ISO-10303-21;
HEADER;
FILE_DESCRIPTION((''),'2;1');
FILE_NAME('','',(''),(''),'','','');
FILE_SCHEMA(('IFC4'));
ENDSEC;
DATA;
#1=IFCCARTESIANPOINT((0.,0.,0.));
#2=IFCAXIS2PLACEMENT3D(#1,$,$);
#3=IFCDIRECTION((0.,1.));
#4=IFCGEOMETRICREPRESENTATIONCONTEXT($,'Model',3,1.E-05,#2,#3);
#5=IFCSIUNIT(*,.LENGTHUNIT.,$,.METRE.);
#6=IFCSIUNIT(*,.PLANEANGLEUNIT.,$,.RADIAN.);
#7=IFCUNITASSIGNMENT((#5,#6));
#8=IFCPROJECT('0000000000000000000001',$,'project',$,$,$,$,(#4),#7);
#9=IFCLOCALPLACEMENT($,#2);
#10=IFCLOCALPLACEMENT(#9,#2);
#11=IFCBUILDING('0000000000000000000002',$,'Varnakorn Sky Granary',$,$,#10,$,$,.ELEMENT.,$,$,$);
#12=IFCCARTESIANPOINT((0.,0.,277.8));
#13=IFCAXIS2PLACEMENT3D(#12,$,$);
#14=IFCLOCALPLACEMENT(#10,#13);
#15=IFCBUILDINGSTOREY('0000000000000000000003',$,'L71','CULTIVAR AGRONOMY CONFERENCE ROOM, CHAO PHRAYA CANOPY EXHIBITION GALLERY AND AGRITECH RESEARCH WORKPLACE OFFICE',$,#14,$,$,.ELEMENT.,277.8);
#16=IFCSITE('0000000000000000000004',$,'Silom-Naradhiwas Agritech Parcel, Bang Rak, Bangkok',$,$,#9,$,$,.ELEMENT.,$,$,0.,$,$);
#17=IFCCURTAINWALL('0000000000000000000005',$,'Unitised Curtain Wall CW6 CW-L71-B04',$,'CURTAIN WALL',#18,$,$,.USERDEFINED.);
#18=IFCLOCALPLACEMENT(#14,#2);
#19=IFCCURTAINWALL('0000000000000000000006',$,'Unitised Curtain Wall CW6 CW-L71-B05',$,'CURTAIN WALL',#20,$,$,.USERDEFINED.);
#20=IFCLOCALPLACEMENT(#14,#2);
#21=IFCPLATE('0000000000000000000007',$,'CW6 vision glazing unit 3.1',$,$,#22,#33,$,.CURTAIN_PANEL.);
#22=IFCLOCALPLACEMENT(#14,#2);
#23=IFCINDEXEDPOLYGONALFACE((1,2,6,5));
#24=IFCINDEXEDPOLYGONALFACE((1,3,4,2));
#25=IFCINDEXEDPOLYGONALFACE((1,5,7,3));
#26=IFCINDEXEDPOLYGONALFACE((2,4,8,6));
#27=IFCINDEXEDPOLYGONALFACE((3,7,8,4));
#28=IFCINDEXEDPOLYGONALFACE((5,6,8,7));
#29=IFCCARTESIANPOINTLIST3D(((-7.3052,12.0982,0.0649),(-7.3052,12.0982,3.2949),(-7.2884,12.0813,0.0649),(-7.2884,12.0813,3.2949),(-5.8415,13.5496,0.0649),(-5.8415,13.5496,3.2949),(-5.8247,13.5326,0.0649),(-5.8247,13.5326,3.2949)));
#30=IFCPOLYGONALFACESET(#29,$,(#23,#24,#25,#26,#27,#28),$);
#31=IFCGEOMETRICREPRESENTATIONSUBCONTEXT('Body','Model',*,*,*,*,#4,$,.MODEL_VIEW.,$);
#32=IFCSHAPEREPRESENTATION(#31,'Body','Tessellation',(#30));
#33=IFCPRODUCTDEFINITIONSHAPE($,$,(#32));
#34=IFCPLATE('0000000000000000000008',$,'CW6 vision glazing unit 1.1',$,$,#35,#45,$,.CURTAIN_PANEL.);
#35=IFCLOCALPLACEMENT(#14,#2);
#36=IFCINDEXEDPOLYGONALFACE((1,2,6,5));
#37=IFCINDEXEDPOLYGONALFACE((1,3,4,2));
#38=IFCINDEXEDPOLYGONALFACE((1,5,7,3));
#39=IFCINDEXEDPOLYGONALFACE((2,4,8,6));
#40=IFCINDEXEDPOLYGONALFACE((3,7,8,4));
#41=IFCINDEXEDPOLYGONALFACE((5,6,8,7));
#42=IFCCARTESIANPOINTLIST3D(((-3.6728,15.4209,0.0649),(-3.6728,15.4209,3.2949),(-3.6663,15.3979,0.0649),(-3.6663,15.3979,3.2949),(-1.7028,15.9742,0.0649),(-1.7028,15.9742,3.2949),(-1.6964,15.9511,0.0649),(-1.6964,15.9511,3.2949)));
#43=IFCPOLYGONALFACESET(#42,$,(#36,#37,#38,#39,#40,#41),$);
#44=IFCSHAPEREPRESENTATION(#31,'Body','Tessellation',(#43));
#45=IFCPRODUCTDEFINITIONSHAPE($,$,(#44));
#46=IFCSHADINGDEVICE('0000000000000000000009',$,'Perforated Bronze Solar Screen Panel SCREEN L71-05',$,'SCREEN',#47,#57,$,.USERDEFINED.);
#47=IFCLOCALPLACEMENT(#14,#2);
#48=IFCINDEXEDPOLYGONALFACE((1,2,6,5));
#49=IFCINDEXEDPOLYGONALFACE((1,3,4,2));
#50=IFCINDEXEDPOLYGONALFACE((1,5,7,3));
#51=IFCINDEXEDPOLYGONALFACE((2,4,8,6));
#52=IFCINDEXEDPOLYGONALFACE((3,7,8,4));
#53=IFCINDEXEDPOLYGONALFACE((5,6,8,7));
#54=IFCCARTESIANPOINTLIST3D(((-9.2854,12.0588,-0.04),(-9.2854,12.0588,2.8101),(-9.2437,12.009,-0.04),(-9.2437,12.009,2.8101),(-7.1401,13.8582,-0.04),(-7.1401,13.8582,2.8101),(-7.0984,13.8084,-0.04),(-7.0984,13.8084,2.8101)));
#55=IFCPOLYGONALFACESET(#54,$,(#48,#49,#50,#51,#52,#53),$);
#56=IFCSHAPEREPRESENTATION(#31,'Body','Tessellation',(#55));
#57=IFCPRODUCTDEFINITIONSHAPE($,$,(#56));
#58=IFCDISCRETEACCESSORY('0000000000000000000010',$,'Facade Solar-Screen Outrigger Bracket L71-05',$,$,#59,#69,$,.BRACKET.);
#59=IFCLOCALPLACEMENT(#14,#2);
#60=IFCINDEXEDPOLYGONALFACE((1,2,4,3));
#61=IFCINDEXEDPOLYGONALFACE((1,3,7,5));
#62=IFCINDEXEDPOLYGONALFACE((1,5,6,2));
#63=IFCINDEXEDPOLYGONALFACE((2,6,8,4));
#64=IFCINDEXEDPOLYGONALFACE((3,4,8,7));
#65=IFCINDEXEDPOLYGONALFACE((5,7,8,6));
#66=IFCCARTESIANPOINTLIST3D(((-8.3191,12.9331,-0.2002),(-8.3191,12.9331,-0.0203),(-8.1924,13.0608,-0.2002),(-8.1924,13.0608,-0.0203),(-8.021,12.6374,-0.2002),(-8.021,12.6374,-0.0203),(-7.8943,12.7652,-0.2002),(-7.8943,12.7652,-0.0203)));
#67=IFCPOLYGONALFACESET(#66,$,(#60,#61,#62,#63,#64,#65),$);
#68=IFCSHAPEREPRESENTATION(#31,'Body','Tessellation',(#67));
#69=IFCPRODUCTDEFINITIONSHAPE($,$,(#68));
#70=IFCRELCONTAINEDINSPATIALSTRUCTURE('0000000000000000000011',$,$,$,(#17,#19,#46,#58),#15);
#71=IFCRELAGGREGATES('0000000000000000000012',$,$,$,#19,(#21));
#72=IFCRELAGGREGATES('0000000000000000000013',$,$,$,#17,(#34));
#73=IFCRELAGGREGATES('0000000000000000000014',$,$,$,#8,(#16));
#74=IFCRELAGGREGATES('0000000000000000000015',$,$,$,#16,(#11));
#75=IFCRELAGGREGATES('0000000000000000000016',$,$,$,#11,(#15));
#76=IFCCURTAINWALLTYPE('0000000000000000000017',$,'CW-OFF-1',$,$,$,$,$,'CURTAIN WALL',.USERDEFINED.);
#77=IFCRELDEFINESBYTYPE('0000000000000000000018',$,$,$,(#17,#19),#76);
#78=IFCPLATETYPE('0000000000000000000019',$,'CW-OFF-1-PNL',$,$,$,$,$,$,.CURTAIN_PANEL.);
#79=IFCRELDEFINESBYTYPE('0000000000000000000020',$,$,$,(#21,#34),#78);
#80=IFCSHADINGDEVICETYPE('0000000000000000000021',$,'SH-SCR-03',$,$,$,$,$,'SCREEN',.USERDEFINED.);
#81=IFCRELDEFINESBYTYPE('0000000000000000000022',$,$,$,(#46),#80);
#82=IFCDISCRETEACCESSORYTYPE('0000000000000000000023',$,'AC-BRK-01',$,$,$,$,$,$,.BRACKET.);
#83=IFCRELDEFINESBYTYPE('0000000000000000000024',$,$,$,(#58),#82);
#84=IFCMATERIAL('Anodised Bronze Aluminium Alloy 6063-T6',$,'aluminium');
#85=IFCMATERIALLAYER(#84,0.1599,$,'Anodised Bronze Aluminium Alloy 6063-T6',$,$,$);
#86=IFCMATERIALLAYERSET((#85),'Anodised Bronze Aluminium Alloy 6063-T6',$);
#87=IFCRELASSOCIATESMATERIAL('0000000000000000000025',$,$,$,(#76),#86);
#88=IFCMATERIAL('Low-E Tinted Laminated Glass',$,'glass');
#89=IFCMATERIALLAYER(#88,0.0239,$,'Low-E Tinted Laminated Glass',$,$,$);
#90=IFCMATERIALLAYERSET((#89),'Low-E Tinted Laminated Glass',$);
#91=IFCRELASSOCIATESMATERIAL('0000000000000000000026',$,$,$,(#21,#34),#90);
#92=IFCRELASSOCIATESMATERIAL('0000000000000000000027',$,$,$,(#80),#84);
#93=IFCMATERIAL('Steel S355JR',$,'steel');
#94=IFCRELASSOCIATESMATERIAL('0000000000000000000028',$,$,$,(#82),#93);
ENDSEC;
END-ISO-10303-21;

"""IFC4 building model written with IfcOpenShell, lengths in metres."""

from ifc_helpers import new_model, si_unit, direction, frame, origin, origin_2d, place, context, subcontext, project, spatial, rectangle, extrude, source, transform, mapped, material, layer, layer_set, type_object, type_shapes, element, aggregate, save


model = new_model("IFC4")

# Units and contexts
model_context = context("Model", 3, precision=1e-05, world=origin(), true_north=direction((0.0, 1.0)))
body_context = subcontext(model_context, "Body", "Model", "MODEL_VIEW")
ifc_project = project(units=[si_unit("LENGTHUNIT", "METRE"), si_unit("PLANEANGLEUNIT", "RADIAN")], contexts=[model_context])

# Site, building, storey
site_placement = place(None, origin())
site = spatial("IfcSite", under=ifc_project, at=site_placement, Name="Silom-Naradhiwas Agritech Parcel, Bang Rak, Bangkok", CompositionType="ELEMENT", RefElevation=0.0)
building_placement = place(site_placement, origin())
building = spatial("IfcBuilding", under=site, at=building_placement, Name="Varnakorn Sky Granary", CompositionType="ELEMENT")
storey_placement = place(building_placement, frame((0.0, 0.0, 277.8)))
storey = spatial("IfcBuildingStorey", under=building, at=storey_placement, Name="L71", Description="CULTIVAR AGRONOMY CONFERENCE ROOM, CHAO PHRAYA CANOPY EXHIBITION GALLERY AND AGRITECH RESEARCH WORKPLACE OFFICE", CompositionType="ELEMENT", Elevation=277.8)

# Shared definitions
ifc_material_1 = material(Name="Steel S355JR", Category="steel")

# Curtain wall
ifc_material_2 = material(Name="Anodised Bronze Aluminium Alloy 6063-T6", Category="aluminium")
ifc_layer_1 = layer(ifc_material_2, 0.1599, Name="Anodised Bronze Aluminium Alloy 6063-T6")
ifc_layer_set_1 = layer_set([ifc_layer_1], Name="Anodised Bronze Aluminium Alloy 6063-T6")
curtain_wall_type = type_object("IfcCurtainWallType", Name="CW-OFF-1", ElementType="CURTAIN WALL", PredefinedType="USERDEFINED", material=ifc_layer_set_1)
curtain_wall_1_placement = place(storey_placement, origin())
curtain_wall_1 = element("IfcCurtainWall", 1, at=curtain_wall_1_placement, inside=storey, type_object=curtain_wall_type, Name="Unitised Curtain Wall CW6 CW-L71-B04", ObjectType="CURTAIN WALL", PredefinedType="USERDEFINED")

# Curtain wall
curtain_wall_2_placement = place(storey_placement, origin())
curtain_wall_2 = element("IfcCurtainWall", 2, at=curtain_wall_2_placement, inside=storey, type_object=curtain_wall_type, Name="Unitised Curtain Wall CW6 CW-L71-B05", ObjectType="CURTAIN WALL", PredefinedType="USERDEFINED")

# Plates
ifc_material_3 = material(Name="Low-E Tinted Laminated Glass", Category="glass")
ifc_layer_2 = layer(ifc_material_3, 0.0239, Name="Low-E Tinted Laminated Glass")
ifc_layer_set_2 = layer_set([ifc_layer_2], Name="Low-E Tinted Laminated Glass")
plate_type = type_object("IfcPlateType", Name="CW-OFF-1-PNL", PredefinedType="CURTAIN_PANEL")
shared_shape_1 = source(origin(), body_context, "Body", "SweptSolid", [
    extrude(rectangle(XDim=2.0613, YDim=0.0239, at=origin_2d()), origin(), (0.0, 0.0, 1.0), 3.23),
])
plate_1_placement = place(storey_placement, frame((-6.5649, 12.8154, 0.0649), z_axis=(0.0, 0.0, 1.0), x_axis=(0.710099, 0.704102, 0.0)))
plate_1 = element("IfcPlate", 3, at=plate_1_placement, type_object=plate_type, material=ifc_layer_set_2, Name="CW6 vision glazing unit 3.1", PredefinedType="CURTAIN_PANEL", context=body_context, shape_type="MappedRepresentation", body=[
    mapped(shared_shape_1, transform((0.0, 0.0, 0.0), x_axis=(1.0, 0.0, 0.0), y_axis=(0.0, 1.0, 0.0), z_axis=(0.0, 0.0, 1.0), scale=1.0)),
])
aggregate(curtain_wall_2, [plate_1])
shared_shape_2 = source(origin(), body_context, "Body", "SweptSolid", [
    extrude(rectangle(XDim=2.0461, YDim=0.0239, at=origin_2d()), origin(), (0.0, 0.0, 1.0), 3.23),
])
plate_2_placement = place(storey_placement, frame((-2.6846, 15.686, 0.0649), z_axis=(0.0, 0.0, 1.0), x_axis=(0.962756, 0.27037, 0.0)))
plate_2 = element("IfcPlate", 4, at=plate_2_placement, type_object=plate_type, material=ifc_layer_set_2, Name="CW6 vision glazing unit 1.1", PredefinedType="CURTAIN_PANEL", context=body_context, shape_type="MappedRepresentation", body=[
    mapped(shared_shape_2, transform((0.0, 0.0, 0.0), x_axis=(1.0, 0.0, 0.0), y_axis=(0.0, 1.0, 0.0), z_axis=(0.0, 0.0, 1.0), scale=1.0)),
])
aggregate(curtain_wall_1, [plate_2])

# Shading device
shading_device_type = type_object("IfcShadingDeviceType", Name="SH-SCR-03", ElementType="SCREEN", PredefinedType="USERDEFINED", material=ifc_material_2)
shared_shape_3 = source(origin(), body_context, "Body", "SweptSolid", [
    extrude(rectangle(XDim=2.8, YDim=0.0649, at=origin_2d()), origin(), (0.0, 0.0, 1.0), 2.8501),
])
type_shapes(shading_device_type, [shared_shape_3])
shading_device_placement = place(storey_placement, frame((-8.1919, 12.9336, -0.04), z_axis=(0.0, 0.0, 1.0), x_axis=(-0.766171, -0.642636, 0.0)))
element("IfcShadingDevice", 5, at=shading_device_placement, inside=storey, type_object=shading_device_type, Name="Perforated Bronze Solar Screen Panel SCREEN L71-05", ObjectType="SCREEN", PredefinedType="USERDEFINED", context=body_context, shape_type="MappedRepresentation", body=[
    mapped(shared_shape_3, transform((0.0, 0.0, 0.0), x_axis=(1.0, 0.0, 0.0), y_axis=(0.0, 1.0, 0.0), z_axis=(0.0, 0.0, 1.0), scale=1.0)),
])

# Discrete accessory
discrete_accessory_type = type_object("IfcDiscreteAccessoryType", Name="AC-BRK-01", PredefinedType="BRACKET", material=ifc_material_1)
shared_shape_4 = source(origin(), body_context, "Body", "SweptSolid", [
    extrude(rectangle(XDim=0.1799, YDim=0.4199, at=origin_2d()), origin(), (0.0, 0.0, 1.0), 0.1799),
])
type_shapes(discrete_accessory_type, [shared_shape_4])
discrete_accessory_placement = place(storey_placement, frame((-8.1067, 12.8491, -0.2002), z_axis=(0.0, 0.0, 1.0), x_axis=(-0.704155, -0.710046, 0.0)))
element("IfcDiscreteAccessory", 6, at=discrete_accessory_placement, inside=storey, type_object=discrete_accessory_type, Name="Facade Solar-Screen Outrigger Bracket L71-05", PredefinedType="BRACKET", context=body_context, shape_type="MappedRepresentation", body=[
    mapped(shared_shape_4, transform((0.0, 0.0, 0.0), x_axis=(1.0, 0.0, 0.0), y_axis=(0.0, 1.0, 0.0), z_axis=(0.0, 0.0, 1.0), scale=1.0)),
])

save(model, "model.ifc")
